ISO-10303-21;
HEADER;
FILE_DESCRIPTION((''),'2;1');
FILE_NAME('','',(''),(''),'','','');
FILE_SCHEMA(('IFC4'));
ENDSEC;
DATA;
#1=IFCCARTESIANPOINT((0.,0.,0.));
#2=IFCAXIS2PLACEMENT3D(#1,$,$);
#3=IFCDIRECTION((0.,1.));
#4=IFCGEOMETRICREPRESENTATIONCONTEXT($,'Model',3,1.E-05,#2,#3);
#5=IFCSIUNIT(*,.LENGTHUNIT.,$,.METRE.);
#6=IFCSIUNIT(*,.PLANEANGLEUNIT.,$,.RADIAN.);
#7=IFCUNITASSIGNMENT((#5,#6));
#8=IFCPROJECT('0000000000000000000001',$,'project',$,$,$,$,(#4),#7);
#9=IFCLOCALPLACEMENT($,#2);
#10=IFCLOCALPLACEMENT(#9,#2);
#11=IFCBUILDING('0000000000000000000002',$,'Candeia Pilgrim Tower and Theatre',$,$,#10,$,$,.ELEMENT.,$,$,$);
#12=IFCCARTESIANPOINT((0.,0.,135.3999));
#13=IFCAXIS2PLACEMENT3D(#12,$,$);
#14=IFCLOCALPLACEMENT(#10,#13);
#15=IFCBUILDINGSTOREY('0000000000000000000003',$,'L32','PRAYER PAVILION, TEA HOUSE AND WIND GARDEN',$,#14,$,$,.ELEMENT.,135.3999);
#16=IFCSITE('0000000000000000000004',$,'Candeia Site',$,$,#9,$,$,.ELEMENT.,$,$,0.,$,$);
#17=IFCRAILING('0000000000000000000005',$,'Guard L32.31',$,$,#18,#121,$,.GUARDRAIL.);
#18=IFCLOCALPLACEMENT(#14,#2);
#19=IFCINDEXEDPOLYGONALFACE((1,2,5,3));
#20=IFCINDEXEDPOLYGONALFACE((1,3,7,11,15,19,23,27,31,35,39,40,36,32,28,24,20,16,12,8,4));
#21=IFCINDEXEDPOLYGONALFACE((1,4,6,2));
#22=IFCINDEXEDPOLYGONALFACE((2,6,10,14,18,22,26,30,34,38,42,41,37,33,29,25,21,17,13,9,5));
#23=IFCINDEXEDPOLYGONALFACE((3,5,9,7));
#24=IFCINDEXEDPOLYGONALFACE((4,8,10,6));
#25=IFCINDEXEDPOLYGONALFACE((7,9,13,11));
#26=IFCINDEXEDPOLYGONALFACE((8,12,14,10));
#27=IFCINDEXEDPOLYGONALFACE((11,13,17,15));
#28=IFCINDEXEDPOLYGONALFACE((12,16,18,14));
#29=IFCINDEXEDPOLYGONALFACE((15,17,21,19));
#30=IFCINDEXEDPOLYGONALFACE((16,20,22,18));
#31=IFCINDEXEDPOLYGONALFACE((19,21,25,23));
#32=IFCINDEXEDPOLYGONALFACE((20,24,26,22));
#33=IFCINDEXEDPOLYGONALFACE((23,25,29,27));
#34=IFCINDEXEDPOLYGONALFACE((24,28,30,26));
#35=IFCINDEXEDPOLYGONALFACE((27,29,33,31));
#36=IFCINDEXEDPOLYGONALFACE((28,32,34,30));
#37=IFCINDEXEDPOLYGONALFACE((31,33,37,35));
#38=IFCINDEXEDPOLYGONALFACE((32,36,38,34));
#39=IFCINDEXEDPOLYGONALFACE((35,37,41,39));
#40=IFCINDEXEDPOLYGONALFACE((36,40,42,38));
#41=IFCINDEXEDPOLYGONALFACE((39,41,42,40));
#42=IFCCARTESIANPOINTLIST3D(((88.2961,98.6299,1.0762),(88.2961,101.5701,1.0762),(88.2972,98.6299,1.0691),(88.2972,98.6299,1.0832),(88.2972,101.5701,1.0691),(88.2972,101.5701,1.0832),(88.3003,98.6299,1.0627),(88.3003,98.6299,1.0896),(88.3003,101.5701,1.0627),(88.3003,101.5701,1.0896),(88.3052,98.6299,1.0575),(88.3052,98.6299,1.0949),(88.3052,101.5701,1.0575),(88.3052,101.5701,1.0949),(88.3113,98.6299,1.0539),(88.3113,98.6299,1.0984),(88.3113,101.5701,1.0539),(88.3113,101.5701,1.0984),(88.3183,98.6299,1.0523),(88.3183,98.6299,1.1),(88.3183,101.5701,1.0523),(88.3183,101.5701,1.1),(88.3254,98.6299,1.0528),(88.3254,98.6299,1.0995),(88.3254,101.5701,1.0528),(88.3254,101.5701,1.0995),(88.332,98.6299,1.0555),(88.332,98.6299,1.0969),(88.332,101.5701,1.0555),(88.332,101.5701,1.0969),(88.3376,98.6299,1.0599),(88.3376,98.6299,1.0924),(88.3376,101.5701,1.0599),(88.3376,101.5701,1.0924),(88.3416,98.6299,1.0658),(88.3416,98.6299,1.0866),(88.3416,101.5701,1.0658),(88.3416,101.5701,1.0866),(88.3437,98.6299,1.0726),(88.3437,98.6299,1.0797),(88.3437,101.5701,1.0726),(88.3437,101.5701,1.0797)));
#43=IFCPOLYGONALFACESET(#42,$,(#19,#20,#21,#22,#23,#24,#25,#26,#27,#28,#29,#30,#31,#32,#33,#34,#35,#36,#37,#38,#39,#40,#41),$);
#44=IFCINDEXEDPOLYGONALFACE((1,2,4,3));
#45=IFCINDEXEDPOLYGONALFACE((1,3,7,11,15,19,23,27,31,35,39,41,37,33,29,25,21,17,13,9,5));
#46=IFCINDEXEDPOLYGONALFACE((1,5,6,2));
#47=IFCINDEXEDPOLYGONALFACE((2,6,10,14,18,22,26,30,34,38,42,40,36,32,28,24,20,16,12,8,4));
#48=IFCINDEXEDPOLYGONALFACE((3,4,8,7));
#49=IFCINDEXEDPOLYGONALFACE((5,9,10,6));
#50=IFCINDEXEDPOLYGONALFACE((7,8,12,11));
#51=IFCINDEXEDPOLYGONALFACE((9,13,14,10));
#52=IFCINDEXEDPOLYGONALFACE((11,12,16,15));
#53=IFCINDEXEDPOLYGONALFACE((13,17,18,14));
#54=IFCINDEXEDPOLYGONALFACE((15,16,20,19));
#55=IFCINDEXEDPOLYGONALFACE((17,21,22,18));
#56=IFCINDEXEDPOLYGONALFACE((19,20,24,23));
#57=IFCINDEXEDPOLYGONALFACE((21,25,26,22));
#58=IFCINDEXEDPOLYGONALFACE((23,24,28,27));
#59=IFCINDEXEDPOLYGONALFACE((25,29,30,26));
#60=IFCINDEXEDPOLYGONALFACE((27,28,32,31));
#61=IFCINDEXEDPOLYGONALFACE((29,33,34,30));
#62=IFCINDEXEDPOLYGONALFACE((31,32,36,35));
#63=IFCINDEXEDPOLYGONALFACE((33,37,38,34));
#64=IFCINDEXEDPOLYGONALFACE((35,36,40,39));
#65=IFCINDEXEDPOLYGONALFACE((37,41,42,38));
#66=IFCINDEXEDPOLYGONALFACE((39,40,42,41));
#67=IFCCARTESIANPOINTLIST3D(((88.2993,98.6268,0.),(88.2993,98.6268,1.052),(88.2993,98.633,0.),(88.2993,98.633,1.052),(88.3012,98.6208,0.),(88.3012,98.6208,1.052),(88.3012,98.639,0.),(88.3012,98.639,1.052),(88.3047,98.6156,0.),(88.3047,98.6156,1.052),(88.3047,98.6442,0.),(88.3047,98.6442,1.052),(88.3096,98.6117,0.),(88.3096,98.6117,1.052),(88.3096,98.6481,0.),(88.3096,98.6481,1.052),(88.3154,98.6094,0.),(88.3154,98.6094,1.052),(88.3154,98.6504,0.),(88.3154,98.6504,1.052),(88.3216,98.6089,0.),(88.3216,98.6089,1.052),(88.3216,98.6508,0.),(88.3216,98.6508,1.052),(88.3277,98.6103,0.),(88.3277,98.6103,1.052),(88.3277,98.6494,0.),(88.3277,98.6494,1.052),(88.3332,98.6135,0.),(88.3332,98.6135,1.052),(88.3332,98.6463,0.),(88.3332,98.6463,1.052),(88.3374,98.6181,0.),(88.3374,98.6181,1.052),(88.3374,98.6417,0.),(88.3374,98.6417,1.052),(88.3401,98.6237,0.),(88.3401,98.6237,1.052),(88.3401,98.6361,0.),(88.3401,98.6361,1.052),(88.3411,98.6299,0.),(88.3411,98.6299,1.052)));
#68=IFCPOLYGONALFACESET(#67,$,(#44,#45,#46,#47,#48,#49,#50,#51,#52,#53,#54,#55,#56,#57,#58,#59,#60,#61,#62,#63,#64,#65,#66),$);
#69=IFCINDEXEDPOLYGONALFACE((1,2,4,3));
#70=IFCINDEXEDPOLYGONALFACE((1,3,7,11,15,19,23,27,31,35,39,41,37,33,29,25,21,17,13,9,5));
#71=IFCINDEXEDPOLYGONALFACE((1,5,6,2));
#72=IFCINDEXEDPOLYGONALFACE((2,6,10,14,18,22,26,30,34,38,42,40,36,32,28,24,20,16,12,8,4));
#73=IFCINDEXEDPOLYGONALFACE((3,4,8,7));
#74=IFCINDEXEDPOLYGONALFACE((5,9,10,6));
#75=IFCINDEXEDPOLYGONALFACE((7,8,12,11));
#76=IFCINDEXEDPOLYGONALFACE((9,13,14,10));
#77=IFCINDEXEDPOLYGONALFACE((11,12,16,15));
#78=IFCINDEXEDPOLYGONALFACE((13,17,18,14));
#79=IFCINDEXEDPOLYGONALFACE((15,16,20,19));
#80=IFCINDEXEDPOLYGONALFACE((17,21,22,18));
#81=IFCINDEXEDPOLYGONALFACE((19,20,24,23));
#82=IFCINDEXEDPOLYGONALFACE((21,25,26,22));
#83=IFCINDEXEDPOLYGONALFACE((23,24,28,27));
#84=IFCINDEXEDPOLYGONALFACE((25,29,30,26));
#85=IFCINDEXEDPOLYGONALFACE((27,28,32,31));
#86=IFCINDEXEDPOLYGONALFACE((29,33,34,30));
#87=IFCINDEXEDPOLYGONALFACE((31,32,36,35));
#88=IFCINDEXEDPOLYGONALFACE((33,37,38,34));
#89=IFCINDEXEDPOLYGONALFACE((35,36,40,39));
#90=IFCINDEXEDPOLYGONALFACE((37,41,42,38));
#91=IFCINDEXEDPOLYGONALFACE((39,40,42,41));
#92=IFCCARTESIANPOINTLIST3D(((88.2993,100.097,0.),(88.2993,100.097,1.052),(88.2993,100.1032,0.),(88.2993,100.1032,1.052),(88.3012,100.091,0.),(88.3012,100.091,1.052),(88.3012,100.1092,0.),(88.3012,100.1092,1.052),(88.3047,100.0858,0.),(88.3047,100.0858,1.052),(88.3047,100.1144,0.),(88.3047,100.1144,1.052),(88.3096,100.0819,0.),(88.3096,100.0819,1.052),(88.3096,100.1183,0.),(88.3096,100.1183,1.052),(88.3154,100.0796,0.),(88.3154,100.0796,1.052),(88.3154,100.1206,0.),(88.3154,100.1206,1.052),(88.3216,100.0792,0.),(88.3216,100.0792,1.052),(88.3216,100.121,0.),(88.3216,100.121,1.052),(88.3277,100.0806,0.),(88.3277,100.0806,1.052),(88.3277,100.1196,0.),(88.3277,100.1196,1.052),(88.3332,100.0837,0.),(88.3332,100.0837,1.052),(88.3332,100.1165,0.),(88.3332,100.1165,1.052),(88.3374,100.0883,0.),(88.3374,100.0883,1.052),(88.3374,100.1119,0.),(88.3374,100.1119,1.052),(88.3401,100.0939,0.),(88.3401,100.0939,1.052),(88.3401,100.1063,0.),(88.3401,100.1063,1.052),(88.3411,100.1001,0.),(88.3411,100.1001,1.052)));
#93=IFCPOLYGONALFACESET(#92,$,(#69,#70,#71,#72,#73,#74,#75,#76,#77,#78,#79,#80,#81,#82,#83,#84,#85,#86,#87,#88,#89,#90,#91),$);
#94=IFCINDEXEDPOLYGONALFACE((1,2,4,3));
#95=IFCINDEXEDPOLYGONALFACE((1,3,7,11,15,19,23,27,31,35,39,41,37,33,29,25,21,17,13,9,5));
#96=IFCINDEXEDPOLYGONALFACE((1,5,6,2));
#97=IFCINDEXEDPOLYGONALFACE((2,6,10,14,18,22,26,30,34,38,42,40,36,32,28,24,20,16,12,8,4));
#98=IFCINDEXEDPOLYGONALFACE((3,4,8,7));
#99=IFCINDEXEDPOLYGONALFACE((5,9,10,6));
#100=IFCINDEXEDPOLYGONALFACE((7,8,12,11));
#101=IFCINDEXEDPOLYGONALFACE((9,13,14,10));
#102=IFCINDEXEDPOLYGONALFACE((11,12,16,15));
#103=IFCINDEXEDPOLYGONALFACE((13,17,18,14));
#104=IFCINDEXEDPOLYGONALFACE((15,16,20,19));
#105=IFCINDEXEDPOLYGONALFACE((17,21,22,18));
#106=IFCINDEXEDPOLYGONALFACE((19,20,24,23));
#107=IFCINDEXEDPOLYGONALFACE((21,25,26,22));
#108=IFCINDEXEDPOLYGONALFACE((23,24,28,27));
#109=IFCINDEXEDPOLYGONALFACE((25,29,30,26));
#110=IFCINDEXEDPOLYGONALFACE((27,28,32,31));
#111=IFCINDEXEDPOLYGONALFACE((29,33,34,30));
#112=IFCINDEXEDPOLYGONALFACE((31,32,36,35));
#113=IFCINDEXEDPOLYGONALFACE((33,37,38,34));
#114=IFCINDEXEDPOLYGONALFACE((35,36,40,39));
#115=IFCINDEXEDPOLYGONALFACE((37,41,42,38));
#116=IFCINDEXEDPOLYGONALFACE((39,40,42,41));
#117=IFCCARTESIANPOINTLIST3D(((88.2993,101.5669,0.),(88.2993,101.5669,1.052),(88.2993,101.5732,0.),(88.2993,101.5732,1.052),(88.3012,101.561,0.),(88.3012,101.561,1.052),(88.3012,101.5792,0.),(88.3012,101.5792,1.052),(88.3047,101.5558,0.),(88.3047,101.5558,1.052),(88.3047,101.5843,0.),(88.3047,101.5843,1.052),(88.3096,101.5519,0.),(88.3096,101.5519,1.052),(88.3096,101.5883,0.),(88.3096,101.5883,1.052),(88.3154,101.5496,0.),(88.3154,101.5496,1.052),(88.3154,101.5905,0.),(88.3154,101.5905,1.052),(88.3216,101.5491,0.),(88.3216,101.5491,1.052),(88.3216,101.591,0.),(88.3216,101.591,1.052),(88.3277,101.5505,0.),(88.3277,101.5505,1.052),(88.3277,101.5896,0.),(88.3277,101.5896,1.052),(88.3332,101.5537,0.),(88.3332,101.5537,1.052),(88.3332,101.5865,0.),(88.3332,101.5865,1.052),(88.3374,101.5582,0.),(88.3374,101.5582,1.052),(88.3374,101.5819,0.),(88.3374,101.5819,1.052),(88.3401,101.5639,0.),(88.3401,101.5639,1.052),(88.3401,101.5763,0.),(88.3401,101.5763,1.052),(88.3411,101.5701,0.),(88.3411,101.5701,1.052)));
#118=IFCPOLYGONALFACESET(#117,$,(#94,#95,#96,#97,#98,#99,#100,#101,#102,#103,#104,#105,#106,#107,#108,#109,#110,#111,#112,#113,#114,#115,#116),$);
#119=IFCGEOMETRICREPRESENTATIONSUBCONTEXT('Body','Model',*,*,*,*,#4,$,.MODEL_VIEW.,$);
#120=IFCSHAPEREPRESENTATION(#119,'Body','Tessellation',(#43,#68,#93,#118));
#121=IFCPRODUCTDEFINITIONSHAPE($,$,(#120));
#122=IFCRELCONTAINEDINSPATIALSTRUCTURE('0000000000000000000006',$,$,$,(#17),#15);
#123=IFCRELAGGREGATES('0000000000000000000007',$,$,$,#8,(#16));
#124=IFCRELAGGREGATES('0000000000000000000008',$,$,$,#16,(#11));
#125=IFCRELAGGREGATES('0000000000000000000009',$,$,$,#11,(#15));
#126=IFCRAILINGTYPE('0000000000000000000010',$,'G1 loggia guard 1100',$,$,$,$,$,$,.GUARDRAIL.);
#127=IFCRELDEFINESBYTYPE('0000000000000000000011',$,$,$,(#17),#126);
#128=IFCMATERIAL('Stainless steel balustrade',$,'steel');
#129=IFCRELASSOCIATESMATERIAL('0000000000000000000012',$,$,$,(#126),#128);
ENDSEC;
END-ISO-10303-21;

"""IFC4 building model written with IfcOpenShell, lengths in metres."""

from ifc_helpers import new_model, si_unit, direction, frame, origin, origin_2d, place, context, subcontext, project, spatial, circle, extrude, material, type_object, element, save


model = new_model("IFC4")

# Units and contexts
model_context = context("Model", 3, precision=1e-05, world=origin(), true_north=direction((0.0, 1.0)))
body_context = subcontext(model_context, "Body", "Model", "MODEL_VIEW")
ifc_project = project(units=[si_unit("LENGTHUNIT", "METRE"), si_unit("PLANEANGLEUNIT", "RADIAN")], contexts=[model_context])

# Site, building, storey
site_placement = place(None, origin())
site = spatial("IfcSite", under=ifc_project, at=site_placement, Name="Candeia Site", CompositionType="ELEMENT", RefElevation=0.0)
building_placement = place(site_placement, origin())
building = spatial("IfcBuilding", under=site, at=building_placement, Name="Candeia Pilgrim Tower and Theatre", CompositionType="ELEMENT")
storey_placement = place(building_placement, frame((0.0, 0.0, 135.3999)))
storey = spatial("IfcBuildingStorey", under=building, at=storey_placement, Name="L32", Description="PRAYER PAVILION, TEA HOUSE AND WIND GARDEN", CompositionType="ELEMENT", Elevation=135.3999)

# Railing
ifc_material_1 = material(Name="Stainless steel balustrade", Category="steel")
railing_type = type_object("IfcRailingType", Name="G1 loggia guard 1100", PredefinedType="GUARDRAIL", material=ifc_material_1)
railing_1_placement = place(storey_placement, frame((88.3201, 98.6299, 0.0)))
element("IfcRailing", 1, at=railing_1_placement, inside=storey, type_object=railing_type, Name="Guard L32.31", PredefinedType="GUARDRAIL", context=body_context, shape_type="SweptSolid", body=[
    extrude(circle(Radius=0.0239, at=origin_2d()), frame((0.0, 0.0, 1.0762), z_axis=(0.0, 1.0, 0.0), x_axis=(-1.0, 0.0, 0.0)), (0.0, 0.0, 1.0), 2.9402),
    extrude(circle(Radius=0.021, at=origin_2d()), origin(), (0.0, 0.0, 1.0), 1.052),
    extrude(circle(Radius=0.021, at=origin_2d()), frame((0.0, 1.4702, 0.0)), (0.0, 0.0, 1.0), 1.052),
    extrude(circle(Radius=0.021, at=origin_2d()), frame((0.0, 2.9402, 0.0)), (0.0, 0.0, 1.0), 1.052),
])

save(model, "model.ifc")
